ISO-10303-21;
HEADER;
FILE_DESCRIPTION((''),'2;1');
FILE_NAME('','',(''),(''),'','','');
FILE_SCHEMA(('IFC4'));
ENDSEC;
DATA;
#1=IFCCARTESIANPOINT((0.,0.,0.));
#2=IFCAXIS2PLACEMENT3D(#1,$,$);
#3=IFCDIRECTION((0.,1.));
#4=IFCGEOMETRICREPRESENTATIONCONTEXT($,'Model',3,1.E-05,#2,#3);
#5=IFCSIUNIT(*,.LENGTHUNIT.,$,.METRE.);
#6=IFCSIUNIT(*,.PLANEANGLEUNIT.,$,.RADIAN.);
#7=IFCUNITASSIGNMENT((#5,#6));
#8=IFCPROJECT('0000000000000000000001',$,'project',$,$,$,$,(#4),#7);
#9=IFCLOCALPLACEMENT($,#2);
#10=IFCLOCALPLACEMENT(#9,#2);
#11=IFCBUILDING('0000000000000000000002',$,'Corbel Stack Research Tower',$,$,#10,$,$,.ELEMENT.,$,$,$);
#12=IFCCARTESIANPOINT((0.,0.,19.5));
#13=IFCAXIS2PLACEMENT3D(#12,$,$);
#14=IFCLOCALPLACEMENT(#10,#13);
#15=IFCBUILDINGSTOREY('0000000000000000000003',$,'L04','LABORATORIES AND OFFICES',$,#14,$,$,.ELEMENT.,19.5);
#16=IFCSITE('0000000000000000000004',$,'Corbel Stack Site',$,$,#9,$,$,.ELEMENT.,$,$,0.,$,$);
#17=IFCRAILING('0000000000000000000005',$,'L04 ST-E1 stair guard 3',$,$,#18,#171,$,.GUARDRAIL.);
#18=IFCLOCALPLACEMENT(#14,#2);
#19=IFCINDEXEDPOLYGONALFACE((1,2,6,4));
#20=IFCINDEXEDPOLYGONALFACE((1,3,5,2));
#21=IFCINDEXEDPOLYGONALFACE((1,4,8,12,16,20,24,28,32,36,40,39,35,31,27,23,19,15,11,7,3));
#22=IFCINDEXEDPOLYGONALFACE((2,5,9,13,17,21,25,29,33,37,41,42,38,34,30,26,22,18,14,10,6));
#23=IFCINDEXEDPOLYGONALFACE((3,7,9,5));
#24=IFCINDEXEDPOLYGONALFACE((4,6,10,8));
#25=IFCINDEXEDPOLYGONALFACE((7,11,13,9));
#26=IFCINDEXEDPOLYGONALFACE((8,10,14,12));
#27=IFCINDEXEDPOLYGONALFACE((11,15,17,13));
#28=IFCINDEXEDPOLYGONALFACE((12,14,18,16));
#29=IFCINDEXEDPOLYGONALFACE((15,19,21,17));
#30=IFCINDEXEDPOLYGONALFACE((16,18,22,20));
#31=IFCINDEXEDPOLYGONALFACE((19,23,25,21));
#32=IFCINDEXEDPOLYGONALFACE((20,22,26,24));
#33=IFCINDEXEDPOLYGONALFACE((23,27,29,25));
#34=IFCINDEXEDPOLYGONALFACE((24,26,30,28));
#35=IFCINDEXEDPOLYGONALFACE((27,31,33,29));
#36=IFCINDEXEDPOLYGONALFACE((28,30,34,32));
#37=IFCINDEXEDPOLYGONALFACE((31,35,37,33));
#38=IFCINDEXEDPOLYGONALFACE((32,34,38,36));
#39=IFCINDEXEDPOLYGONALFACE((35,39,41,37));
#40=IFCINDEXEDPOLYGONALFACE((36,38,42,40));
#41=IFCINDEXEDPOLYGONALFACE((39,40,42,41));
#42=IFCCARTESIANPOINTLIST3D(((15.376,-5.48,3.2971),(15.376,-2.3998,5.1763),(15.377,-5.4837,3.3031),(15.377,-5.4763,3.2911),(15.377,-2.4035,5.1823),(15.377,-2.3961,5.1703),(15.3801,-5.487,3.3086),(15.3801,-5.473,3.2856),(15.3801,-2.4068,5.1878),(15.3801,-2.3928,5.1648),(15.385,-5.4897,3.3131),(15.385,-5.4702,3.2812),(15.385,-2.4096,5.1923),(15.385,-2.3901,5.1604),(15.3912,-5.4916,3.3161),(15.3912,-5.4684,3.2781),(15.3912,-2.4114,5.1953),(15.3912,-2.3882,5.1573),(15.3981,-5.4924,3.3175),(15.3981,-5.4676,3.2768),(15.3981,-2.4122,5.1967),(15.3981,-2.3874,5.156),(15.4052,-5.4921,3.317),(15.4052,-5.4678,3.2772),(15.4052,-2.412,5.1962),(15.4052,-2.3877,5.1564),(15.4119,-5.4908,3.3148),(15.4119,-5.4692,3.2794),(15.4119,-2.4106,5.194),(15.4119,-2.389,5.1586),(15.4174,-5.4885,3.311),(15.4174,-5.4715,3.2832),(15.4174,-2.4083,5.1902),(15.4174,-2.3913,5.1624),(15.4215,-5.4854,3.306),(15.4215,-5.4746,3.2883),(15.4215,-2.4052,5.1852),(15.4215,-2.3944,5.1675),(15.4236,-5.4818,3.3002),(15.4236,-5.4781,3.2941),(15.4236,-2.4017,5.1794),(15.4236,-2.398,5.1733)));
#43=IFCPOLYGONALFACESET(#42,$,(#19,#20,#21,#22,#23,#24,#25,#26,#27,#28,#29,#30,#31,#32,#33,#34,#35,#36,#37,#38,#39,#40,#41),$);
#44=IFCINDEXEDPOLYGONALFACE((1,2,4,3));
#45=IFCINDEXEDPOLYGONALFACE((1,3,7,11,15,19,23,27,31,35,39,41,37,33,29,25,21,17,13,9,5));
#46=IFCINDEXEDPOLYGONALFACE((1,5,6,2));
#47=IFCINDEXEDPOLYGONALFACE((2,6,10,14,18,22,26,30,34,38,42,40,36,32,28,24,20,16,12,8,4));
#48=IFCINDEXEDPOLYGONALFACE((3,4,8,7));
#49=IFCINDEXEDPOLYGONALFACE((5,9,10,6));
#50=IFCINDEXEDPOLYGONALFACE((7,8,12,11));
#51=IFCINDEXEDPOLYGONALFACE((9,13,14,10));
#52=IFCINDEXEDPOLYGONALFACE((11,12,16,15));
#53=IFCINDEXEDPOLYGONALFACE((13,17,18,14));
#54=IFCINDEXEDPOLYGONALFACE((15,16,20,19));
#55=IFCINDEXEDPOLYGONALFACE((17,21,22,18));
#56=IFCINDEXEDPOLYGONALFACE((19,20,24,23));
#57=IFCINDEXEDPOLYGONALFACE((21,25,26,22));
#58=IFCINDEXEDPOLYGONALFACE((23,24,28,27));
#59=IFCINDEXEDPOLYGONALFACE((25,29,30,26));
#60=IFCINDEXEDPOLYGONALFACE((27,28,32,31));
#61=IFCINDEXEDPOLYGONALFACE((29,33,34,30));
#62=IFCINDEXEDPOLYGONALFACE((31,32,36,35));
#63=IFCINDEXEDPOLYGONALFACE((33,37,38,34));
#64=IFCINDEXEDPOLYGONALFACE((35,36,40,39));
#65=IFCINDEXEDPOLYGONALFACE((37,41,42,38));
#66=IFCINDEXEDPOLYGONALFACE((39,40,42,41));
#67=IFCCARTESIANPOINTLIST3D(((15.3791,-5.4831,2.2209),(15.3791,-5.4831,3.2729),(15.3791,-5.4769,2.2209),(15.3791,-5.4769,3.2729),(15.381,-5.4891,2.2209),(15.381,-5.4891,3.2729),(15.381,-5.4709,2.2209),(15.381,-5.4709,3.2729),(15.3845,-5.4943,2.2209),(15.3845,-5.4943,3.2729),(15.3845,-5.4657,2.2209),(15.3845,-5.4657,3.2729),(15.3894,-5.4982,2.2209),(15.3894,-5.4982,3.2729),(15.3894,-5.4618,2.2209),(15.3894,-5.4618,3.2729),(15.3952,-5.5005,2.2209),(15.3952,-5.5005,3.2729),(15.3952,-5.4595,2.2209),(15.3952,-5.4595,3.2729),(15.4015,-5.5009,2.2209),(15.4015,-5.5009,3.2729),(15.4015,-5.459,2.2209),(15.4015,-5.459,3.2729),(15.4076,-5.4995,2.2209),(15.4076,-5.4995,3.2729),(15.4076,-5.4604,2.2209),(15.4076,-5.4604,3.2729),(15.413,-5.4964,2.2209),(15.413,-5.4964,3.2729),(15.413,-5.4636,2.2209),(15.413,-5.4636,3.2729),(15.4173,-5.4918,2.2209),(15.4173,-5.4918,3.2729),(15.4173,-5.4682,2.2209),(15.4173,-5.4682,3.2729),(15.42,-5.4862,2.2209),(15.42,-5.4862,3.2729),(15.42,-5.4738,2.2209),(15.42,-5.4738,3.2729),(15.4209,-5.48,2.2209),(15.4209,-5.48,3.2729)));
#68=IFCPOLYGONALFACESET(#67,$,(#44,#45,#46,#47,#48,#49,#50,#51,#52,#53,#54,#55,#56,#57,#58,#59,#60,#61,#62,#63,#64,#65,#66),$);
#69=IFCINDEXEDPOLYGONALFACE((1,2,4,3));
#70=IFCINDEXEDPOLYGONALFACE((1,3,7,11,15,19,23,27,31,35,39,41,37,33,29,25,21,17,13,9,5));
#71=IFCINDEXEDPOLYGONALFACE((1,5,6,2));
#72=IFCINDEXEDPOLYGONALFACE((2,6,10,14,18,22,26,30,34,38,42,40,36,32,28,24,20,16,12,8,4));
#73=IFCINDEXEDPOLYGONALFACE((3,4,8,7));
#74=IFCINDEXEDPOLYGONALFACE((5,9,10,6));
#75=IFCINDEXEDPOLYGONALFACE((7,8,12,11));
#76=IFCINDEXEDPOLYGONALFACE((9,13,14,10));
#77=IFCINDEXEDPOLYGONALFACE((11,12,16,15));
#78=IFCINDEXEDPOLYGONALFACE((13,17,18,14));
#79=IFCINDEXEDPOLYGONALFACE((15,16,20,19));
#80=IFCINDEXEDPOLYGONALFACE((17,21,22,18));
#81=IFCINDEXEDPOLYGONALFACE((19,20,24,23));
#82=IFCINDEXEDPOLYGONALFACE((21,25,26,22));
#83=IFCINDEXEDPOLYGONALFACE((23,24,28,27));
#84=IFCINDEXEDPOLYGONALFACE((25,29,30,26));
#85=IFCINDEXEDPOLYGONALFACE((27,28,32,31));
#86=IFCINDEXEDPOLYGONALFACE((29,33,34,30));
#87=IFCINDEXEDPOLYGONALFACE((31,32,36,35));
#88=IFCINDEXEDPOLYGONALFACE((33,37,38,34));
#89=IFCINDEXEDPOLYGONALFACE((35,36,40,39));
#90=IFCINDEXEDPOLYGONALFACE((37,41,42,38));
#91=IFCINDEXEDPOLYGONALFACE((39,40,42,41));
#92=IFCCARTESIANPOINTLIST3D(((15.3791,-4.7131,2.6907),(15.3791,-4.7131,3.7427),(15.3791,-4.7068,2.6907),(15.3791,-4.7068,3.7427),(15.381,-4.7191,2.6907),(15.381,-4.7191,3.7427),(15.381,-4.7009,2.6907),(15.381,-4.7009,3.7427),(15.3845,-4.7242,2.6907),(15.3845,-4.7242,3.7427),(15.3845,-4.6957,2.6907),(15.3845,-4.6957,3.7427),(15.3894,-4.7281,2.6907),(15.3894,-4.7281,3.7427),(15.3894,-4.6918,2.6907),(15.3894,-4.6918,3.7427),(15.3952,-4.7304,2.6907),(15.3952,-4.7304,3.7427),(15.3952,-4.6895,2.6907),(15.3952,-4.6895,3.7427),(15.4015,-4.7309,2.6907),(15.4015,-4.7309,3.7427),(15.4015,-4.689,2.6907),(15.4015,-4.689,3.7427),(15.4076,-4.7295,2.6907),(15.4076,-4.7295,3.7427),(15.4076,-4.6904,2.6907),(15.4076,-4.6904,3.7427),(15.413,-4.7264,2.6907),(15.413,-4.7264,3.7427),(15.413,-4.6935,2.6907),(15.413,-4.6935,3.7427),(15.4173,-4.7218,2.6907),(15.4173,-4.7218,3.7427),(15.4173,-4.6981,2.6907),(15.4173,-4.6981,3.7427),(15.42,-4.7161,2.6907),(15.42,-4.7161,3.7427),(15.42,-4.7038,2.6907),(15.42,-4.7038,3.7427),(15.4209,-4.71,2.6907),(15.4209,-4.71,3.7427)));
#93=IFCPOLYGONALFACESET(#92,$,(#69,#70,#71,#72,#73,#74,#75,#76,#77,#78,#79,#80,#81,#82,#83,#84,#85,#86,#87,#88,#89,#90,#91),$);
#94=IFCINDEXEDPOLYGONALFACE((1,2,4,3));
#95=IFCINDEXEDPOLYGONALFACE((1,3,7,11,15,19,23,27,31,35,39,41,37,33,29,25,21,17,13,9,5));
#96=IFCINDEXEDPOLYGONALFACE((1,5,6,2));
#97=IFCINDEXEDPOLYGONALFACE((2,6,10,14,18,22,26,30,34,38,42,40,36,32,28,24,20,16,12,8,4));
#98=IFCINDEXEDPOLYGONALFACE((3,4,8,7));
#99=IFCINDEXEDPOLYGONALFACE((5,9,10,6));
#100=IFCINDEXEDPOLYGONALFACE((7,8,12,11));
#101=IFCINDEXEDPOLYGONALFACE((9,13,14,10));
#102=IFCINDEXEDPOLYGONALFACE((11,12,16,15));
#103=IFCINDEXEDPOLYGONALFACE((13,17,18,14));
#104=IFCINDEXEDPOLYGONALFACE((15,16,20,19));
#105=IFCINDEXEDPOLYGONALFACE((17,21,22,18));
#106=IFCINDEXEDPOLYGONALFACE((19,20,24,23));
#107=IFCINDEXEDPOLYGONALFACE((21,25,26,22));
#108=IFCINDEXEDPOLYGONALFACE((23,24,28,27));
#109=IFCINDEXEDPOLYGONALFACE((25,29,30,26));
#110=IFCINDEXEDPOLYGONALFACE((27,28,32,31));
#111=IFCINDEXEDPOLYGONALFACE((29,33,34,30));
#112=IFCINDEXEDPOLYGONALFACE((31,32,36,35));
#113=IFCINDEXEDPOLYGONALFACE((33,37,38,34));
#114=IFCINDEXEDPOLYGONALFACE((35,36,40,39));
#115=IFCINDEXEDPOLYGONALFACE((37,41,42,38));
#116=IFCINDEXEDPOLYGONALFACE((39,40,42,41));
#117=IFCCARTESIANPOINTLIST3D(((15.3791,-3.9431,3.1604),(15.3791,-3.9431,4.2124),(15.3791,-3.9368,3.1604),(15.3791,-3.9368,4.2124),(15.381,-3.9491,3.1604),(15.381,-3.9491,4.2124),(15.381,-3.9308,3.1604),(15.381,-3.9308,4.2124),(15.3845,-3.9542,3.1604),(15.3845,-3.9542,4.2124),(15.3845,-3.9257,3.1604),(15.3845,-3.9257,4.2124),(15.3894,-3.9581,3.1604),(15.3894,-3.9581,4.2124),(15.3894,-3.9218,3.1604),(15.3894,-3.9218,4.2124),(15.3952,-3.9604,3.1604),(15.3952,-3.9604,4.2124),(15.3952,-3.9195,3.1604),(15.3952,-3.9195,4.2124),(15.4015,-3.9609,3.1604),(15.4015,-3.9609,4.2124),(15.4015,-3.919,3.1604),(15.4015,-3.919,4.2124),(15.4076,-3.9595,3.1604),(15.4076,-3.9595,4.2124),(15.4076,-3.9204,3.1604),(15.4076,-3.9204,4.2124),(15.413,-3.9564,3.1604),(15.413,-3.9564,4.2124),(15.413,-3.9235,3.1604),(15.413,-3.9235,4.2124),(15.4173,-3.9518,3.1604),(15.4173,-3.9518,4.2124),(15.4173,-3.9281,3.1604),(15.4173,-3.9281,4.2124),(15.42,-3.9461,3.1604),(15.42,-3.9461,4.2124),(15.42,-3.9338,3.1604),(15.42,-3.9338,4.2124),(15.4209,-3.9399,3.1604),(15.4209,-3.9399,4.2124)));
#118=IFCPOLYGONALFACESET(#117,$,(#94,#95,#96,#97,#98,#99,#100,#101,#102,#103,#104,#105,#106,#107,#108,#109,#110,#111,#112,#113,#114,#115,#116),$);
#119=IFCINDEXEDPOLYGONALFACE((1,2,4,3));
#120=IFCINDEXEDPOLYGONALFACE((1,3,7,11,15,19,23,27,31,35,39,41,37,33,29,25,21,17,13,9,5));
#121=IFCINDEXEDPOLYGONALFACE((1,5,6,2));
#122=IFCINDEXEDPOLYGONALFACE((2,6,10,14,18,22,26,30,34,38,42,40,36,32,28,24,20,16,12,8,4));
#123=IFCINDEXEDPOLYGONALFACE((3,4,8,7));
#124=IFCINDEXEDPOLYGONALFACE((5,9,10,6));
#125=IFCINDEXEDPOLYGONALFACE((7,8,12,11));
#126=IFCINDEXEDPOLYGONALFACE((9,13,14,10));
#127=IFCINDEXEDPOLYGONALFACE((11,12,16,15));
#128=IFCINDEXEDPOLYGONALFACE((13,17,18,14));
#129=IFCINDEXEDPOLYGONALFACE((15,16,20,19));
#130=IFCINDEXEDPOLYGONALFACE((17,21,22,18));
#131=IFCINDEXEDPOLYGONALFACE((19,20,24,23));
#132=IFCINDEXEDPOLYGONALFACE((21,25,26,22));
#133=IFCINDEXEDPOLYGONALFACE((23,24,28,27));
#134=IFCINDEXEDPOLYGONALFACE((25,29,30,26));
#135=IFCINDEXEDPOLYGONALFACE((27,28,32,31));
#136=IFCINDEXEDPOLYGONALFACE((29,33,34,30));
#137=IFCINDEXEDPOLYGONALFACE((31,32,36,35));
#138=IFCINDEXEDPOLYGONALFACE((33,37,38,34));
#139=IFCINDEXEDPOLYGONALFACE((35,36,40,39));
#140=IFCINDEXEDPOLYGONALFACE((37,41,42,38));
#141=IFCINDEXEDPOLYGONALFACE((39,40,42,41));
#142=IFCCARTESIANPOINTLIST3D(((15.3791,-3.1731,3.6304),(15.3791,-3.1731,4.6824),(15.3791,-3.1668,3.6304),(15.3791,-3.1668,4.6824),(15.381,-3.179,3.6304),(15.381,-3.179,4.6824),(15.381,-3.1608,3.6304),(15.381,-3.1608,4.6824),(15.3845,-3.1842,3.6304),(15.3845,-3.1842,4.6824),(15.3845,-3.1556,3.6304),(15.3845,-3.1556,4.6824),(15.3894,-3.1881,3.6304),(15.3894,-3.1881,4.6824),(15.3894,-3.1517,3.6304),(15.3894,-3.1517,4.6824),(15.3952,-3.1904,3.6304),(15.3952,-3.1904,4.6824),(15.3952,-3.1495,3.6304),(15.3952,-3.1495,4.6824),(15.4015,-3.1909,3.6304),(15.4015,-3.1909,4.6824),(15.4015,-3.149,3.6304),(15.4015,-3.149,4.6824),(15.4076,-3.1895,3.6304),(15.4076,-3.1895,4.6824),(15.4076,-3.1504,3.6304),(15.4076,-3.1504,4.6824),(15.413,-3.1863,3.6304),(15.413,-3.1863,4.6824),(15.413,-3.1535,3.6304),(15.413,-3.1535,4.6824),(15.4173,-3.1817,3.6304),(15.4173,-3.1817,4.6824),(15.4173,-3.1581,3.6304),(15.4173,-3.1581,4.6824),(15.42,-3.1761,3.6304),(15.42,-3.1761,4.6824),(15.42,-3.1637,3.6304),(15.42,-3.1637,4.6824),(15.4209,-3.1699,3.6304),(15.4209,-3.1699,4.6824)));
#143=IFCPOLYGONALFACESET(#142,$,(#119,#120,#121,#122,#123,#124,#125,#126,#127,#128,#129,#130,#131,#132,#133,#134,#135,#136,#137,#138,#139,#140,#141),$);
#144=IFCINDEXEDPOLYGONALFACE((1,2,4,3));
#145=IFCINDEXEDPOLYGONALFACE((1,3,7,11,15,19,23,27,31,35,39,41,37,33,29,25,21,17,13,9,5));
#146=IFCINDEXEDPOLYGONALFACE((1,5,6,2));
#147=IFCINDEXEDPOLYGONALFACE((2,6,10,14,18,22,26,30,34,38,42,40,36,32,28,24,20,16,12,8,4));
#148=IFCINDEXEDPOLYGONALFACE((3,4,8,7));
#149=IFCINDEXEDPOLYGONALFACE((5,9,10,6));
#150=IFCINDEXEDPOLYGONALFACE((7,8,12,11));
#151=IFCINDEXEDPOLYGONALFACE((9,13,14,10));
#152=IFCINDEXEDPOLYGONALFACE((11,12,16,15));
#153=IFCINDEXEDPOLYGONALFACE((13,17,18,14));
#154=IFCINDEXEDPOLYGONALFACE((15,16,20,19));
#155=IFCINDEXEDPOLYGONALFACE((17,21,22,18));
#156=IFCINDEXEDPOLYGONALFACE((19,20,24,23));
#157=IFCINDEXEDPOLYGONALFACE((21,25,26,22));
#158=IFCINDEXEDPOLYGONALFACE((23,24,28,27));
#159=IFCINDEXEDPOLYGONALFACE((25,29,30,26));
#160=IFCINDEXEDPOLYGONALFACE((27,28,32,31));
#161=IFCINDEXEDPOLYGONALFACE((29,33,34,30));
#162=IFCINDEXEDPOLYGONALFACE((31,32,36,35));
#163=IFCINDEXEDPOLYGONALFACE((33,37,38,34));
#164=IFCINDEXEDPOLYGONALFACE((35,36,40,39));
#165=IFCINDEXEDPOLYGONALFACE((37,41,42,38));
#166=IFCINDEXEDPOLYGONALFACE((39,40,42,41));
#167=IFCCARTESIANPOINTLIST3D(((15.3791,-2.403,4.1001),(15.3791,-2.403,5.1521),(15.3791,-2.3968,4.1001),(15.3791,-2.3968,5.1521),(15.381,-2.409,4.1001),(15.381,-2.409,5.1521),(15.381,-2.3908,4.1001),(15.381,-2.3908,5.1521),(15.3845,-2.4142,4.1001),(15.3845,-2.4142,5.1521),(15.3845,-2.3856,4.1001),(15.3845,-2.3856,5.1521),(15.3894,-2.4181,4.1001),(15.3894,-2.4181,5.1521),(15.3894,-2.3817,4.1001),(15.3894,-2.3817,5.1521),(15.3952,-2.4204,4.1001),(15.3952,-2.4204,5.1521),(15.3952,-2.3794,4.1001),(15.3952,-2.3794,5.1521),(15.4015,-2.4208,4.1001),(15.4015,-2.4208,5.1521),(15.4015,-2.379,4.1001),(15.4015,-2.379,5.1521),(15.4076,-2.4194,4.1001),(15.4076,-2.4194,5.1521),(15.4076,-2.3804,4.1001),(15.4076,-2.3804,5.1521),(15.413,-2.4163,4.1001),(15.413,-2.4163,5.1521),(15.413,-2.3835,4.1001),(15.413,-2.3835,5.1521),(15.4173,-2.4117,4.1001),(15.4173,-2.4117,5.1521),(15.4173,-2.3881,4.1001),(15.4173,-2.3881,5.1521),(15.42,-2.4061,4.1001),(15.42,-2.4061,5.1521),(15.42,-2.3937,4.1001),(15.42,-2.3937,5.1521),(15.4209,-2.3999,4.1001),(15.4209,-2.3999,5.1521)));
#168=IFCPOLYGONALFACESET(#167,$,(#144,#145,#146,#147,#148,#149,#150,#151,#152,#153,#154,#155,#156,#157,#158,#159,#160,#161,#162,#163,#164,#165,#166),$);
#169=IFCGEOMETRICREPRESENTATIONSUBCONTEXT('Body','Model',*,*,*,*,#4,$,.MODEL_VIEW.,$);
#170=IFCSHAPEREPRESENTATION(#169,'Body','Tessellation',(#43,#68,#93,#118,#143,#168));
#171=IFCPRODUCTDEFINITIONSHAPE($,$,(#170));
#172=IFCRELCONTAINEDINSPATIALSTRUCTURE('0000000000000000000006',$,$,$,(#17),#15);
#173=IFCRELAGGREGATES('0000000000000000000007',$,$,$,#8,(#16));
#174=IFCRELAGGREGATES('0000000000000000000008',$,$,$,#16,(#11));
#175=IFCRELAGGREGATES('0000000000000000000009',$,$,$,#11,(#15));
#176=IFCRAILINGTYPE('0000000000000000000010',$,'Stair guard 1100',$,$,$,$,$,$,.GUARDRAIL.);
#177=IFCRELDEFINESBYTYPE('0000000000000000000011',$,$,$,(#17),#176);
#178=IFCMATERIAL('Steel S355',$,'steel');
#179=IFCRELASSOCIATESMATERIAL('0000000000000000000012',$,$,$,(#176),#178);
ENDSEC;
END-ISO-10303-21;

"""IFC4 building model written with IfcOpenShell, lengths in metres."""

from ifc_helpers import new_model, si_unit, direction, frame, origin, origin_2d, place, context, subcontext, project, spatial, circle, extrude, material, type_object, element, save


model = new_model("IFC4")

# Units and contexts
model_context = context("Model", 3, precision=1e-05, world=origin(), true_north=direction((0.0, 1.0)))
body_context = subcontext(model_context, "Body", "Model", "MODEL_VIEW")
ifc_project = project(units=[si_unit("LENGTHUNIT", "METRE"), si_unit("PLANEANGLEUNIT", "RADIAN")], contexts=[model_context])

# Site, building, storey
site_placement = place(None, origin())
site = spatial("IfcSite", under=ifc_project, at=site_placement, Name="Corbel Stack Site", CompositionType="ELEMENT", RefElevation=0.0)
building_placement = place(site_placement, origin())
building = spatial("IfcBuilding", under=site, at=building_placement, Name="Corbel Stack Research Tower", CompositionType="ELEMENT")
storey_placement = place(building_placement, frame((0.0, 0.0, 19.5)))
storey = spatial("IfcBuildingStorey", under=building, at=storey_placement, Name="L04", Description="LABORATORIES AND OFFICES", CompositionType="ELEMENT", Elevation=19.5)

# Railing
ifc_material_1 = material(Name="Steel S355", Category="steel")
railing_type_1 = type_object("IfcRailingType", Name="Stair guard 1100", PredefinedType="GUARDRAIL", material=ifc_material_1)
railing_1_placement = place(storey_placement, frame((15.3999, -5.48, 2.2209)))
element("IfcRailing", 1, at=railing_1_placement, inside=storey, type_object=railing_type_1, Name="L04 ST-E1 stair guard 3", PredefinedType="GUARDRAIL", context=body_context, shape_type="SweptSolid", body=[
    extrude(circle(Radius=0.0239, at=origin_2d()), frame((0.0, 0.0, 1.0762), z_axis=(0.0, 0.853666, 0.52082), x_axis=(-1.0, 0.0, 0.0)), (0.0, 0.0, 1.0), 3.6082),
    extrude(circle(Radius=0.021, at=origin_2d()), origin(), (0.0, 0.0, 1.0), 1.052),
    extrude(circle(Radius=0.021, at=origin_2d()), frame((0.0, 0.77, 0.4697)), (0.0, 0.0, 1.0), 1.052),
    extrude(circle(Radius=0.021, at=origin_2d()), frame((0.0, 1.54, 0.9395)), (0.0, 0.0, 1.0), 1.052),
    extrude(circle(Radius=0.021, at=origin_2d()), frame((0.0, 2.3101, 1.4094)), (0.0, 0.0, 1.0), 1.052),
    extrude(circle(Radius=0.021, at=origin_2d()), frame((0.0, 3.0801, 1.8792)), (0.0, 0.0, 1.0), 1.052),
])

save(model, "model.ifc")
